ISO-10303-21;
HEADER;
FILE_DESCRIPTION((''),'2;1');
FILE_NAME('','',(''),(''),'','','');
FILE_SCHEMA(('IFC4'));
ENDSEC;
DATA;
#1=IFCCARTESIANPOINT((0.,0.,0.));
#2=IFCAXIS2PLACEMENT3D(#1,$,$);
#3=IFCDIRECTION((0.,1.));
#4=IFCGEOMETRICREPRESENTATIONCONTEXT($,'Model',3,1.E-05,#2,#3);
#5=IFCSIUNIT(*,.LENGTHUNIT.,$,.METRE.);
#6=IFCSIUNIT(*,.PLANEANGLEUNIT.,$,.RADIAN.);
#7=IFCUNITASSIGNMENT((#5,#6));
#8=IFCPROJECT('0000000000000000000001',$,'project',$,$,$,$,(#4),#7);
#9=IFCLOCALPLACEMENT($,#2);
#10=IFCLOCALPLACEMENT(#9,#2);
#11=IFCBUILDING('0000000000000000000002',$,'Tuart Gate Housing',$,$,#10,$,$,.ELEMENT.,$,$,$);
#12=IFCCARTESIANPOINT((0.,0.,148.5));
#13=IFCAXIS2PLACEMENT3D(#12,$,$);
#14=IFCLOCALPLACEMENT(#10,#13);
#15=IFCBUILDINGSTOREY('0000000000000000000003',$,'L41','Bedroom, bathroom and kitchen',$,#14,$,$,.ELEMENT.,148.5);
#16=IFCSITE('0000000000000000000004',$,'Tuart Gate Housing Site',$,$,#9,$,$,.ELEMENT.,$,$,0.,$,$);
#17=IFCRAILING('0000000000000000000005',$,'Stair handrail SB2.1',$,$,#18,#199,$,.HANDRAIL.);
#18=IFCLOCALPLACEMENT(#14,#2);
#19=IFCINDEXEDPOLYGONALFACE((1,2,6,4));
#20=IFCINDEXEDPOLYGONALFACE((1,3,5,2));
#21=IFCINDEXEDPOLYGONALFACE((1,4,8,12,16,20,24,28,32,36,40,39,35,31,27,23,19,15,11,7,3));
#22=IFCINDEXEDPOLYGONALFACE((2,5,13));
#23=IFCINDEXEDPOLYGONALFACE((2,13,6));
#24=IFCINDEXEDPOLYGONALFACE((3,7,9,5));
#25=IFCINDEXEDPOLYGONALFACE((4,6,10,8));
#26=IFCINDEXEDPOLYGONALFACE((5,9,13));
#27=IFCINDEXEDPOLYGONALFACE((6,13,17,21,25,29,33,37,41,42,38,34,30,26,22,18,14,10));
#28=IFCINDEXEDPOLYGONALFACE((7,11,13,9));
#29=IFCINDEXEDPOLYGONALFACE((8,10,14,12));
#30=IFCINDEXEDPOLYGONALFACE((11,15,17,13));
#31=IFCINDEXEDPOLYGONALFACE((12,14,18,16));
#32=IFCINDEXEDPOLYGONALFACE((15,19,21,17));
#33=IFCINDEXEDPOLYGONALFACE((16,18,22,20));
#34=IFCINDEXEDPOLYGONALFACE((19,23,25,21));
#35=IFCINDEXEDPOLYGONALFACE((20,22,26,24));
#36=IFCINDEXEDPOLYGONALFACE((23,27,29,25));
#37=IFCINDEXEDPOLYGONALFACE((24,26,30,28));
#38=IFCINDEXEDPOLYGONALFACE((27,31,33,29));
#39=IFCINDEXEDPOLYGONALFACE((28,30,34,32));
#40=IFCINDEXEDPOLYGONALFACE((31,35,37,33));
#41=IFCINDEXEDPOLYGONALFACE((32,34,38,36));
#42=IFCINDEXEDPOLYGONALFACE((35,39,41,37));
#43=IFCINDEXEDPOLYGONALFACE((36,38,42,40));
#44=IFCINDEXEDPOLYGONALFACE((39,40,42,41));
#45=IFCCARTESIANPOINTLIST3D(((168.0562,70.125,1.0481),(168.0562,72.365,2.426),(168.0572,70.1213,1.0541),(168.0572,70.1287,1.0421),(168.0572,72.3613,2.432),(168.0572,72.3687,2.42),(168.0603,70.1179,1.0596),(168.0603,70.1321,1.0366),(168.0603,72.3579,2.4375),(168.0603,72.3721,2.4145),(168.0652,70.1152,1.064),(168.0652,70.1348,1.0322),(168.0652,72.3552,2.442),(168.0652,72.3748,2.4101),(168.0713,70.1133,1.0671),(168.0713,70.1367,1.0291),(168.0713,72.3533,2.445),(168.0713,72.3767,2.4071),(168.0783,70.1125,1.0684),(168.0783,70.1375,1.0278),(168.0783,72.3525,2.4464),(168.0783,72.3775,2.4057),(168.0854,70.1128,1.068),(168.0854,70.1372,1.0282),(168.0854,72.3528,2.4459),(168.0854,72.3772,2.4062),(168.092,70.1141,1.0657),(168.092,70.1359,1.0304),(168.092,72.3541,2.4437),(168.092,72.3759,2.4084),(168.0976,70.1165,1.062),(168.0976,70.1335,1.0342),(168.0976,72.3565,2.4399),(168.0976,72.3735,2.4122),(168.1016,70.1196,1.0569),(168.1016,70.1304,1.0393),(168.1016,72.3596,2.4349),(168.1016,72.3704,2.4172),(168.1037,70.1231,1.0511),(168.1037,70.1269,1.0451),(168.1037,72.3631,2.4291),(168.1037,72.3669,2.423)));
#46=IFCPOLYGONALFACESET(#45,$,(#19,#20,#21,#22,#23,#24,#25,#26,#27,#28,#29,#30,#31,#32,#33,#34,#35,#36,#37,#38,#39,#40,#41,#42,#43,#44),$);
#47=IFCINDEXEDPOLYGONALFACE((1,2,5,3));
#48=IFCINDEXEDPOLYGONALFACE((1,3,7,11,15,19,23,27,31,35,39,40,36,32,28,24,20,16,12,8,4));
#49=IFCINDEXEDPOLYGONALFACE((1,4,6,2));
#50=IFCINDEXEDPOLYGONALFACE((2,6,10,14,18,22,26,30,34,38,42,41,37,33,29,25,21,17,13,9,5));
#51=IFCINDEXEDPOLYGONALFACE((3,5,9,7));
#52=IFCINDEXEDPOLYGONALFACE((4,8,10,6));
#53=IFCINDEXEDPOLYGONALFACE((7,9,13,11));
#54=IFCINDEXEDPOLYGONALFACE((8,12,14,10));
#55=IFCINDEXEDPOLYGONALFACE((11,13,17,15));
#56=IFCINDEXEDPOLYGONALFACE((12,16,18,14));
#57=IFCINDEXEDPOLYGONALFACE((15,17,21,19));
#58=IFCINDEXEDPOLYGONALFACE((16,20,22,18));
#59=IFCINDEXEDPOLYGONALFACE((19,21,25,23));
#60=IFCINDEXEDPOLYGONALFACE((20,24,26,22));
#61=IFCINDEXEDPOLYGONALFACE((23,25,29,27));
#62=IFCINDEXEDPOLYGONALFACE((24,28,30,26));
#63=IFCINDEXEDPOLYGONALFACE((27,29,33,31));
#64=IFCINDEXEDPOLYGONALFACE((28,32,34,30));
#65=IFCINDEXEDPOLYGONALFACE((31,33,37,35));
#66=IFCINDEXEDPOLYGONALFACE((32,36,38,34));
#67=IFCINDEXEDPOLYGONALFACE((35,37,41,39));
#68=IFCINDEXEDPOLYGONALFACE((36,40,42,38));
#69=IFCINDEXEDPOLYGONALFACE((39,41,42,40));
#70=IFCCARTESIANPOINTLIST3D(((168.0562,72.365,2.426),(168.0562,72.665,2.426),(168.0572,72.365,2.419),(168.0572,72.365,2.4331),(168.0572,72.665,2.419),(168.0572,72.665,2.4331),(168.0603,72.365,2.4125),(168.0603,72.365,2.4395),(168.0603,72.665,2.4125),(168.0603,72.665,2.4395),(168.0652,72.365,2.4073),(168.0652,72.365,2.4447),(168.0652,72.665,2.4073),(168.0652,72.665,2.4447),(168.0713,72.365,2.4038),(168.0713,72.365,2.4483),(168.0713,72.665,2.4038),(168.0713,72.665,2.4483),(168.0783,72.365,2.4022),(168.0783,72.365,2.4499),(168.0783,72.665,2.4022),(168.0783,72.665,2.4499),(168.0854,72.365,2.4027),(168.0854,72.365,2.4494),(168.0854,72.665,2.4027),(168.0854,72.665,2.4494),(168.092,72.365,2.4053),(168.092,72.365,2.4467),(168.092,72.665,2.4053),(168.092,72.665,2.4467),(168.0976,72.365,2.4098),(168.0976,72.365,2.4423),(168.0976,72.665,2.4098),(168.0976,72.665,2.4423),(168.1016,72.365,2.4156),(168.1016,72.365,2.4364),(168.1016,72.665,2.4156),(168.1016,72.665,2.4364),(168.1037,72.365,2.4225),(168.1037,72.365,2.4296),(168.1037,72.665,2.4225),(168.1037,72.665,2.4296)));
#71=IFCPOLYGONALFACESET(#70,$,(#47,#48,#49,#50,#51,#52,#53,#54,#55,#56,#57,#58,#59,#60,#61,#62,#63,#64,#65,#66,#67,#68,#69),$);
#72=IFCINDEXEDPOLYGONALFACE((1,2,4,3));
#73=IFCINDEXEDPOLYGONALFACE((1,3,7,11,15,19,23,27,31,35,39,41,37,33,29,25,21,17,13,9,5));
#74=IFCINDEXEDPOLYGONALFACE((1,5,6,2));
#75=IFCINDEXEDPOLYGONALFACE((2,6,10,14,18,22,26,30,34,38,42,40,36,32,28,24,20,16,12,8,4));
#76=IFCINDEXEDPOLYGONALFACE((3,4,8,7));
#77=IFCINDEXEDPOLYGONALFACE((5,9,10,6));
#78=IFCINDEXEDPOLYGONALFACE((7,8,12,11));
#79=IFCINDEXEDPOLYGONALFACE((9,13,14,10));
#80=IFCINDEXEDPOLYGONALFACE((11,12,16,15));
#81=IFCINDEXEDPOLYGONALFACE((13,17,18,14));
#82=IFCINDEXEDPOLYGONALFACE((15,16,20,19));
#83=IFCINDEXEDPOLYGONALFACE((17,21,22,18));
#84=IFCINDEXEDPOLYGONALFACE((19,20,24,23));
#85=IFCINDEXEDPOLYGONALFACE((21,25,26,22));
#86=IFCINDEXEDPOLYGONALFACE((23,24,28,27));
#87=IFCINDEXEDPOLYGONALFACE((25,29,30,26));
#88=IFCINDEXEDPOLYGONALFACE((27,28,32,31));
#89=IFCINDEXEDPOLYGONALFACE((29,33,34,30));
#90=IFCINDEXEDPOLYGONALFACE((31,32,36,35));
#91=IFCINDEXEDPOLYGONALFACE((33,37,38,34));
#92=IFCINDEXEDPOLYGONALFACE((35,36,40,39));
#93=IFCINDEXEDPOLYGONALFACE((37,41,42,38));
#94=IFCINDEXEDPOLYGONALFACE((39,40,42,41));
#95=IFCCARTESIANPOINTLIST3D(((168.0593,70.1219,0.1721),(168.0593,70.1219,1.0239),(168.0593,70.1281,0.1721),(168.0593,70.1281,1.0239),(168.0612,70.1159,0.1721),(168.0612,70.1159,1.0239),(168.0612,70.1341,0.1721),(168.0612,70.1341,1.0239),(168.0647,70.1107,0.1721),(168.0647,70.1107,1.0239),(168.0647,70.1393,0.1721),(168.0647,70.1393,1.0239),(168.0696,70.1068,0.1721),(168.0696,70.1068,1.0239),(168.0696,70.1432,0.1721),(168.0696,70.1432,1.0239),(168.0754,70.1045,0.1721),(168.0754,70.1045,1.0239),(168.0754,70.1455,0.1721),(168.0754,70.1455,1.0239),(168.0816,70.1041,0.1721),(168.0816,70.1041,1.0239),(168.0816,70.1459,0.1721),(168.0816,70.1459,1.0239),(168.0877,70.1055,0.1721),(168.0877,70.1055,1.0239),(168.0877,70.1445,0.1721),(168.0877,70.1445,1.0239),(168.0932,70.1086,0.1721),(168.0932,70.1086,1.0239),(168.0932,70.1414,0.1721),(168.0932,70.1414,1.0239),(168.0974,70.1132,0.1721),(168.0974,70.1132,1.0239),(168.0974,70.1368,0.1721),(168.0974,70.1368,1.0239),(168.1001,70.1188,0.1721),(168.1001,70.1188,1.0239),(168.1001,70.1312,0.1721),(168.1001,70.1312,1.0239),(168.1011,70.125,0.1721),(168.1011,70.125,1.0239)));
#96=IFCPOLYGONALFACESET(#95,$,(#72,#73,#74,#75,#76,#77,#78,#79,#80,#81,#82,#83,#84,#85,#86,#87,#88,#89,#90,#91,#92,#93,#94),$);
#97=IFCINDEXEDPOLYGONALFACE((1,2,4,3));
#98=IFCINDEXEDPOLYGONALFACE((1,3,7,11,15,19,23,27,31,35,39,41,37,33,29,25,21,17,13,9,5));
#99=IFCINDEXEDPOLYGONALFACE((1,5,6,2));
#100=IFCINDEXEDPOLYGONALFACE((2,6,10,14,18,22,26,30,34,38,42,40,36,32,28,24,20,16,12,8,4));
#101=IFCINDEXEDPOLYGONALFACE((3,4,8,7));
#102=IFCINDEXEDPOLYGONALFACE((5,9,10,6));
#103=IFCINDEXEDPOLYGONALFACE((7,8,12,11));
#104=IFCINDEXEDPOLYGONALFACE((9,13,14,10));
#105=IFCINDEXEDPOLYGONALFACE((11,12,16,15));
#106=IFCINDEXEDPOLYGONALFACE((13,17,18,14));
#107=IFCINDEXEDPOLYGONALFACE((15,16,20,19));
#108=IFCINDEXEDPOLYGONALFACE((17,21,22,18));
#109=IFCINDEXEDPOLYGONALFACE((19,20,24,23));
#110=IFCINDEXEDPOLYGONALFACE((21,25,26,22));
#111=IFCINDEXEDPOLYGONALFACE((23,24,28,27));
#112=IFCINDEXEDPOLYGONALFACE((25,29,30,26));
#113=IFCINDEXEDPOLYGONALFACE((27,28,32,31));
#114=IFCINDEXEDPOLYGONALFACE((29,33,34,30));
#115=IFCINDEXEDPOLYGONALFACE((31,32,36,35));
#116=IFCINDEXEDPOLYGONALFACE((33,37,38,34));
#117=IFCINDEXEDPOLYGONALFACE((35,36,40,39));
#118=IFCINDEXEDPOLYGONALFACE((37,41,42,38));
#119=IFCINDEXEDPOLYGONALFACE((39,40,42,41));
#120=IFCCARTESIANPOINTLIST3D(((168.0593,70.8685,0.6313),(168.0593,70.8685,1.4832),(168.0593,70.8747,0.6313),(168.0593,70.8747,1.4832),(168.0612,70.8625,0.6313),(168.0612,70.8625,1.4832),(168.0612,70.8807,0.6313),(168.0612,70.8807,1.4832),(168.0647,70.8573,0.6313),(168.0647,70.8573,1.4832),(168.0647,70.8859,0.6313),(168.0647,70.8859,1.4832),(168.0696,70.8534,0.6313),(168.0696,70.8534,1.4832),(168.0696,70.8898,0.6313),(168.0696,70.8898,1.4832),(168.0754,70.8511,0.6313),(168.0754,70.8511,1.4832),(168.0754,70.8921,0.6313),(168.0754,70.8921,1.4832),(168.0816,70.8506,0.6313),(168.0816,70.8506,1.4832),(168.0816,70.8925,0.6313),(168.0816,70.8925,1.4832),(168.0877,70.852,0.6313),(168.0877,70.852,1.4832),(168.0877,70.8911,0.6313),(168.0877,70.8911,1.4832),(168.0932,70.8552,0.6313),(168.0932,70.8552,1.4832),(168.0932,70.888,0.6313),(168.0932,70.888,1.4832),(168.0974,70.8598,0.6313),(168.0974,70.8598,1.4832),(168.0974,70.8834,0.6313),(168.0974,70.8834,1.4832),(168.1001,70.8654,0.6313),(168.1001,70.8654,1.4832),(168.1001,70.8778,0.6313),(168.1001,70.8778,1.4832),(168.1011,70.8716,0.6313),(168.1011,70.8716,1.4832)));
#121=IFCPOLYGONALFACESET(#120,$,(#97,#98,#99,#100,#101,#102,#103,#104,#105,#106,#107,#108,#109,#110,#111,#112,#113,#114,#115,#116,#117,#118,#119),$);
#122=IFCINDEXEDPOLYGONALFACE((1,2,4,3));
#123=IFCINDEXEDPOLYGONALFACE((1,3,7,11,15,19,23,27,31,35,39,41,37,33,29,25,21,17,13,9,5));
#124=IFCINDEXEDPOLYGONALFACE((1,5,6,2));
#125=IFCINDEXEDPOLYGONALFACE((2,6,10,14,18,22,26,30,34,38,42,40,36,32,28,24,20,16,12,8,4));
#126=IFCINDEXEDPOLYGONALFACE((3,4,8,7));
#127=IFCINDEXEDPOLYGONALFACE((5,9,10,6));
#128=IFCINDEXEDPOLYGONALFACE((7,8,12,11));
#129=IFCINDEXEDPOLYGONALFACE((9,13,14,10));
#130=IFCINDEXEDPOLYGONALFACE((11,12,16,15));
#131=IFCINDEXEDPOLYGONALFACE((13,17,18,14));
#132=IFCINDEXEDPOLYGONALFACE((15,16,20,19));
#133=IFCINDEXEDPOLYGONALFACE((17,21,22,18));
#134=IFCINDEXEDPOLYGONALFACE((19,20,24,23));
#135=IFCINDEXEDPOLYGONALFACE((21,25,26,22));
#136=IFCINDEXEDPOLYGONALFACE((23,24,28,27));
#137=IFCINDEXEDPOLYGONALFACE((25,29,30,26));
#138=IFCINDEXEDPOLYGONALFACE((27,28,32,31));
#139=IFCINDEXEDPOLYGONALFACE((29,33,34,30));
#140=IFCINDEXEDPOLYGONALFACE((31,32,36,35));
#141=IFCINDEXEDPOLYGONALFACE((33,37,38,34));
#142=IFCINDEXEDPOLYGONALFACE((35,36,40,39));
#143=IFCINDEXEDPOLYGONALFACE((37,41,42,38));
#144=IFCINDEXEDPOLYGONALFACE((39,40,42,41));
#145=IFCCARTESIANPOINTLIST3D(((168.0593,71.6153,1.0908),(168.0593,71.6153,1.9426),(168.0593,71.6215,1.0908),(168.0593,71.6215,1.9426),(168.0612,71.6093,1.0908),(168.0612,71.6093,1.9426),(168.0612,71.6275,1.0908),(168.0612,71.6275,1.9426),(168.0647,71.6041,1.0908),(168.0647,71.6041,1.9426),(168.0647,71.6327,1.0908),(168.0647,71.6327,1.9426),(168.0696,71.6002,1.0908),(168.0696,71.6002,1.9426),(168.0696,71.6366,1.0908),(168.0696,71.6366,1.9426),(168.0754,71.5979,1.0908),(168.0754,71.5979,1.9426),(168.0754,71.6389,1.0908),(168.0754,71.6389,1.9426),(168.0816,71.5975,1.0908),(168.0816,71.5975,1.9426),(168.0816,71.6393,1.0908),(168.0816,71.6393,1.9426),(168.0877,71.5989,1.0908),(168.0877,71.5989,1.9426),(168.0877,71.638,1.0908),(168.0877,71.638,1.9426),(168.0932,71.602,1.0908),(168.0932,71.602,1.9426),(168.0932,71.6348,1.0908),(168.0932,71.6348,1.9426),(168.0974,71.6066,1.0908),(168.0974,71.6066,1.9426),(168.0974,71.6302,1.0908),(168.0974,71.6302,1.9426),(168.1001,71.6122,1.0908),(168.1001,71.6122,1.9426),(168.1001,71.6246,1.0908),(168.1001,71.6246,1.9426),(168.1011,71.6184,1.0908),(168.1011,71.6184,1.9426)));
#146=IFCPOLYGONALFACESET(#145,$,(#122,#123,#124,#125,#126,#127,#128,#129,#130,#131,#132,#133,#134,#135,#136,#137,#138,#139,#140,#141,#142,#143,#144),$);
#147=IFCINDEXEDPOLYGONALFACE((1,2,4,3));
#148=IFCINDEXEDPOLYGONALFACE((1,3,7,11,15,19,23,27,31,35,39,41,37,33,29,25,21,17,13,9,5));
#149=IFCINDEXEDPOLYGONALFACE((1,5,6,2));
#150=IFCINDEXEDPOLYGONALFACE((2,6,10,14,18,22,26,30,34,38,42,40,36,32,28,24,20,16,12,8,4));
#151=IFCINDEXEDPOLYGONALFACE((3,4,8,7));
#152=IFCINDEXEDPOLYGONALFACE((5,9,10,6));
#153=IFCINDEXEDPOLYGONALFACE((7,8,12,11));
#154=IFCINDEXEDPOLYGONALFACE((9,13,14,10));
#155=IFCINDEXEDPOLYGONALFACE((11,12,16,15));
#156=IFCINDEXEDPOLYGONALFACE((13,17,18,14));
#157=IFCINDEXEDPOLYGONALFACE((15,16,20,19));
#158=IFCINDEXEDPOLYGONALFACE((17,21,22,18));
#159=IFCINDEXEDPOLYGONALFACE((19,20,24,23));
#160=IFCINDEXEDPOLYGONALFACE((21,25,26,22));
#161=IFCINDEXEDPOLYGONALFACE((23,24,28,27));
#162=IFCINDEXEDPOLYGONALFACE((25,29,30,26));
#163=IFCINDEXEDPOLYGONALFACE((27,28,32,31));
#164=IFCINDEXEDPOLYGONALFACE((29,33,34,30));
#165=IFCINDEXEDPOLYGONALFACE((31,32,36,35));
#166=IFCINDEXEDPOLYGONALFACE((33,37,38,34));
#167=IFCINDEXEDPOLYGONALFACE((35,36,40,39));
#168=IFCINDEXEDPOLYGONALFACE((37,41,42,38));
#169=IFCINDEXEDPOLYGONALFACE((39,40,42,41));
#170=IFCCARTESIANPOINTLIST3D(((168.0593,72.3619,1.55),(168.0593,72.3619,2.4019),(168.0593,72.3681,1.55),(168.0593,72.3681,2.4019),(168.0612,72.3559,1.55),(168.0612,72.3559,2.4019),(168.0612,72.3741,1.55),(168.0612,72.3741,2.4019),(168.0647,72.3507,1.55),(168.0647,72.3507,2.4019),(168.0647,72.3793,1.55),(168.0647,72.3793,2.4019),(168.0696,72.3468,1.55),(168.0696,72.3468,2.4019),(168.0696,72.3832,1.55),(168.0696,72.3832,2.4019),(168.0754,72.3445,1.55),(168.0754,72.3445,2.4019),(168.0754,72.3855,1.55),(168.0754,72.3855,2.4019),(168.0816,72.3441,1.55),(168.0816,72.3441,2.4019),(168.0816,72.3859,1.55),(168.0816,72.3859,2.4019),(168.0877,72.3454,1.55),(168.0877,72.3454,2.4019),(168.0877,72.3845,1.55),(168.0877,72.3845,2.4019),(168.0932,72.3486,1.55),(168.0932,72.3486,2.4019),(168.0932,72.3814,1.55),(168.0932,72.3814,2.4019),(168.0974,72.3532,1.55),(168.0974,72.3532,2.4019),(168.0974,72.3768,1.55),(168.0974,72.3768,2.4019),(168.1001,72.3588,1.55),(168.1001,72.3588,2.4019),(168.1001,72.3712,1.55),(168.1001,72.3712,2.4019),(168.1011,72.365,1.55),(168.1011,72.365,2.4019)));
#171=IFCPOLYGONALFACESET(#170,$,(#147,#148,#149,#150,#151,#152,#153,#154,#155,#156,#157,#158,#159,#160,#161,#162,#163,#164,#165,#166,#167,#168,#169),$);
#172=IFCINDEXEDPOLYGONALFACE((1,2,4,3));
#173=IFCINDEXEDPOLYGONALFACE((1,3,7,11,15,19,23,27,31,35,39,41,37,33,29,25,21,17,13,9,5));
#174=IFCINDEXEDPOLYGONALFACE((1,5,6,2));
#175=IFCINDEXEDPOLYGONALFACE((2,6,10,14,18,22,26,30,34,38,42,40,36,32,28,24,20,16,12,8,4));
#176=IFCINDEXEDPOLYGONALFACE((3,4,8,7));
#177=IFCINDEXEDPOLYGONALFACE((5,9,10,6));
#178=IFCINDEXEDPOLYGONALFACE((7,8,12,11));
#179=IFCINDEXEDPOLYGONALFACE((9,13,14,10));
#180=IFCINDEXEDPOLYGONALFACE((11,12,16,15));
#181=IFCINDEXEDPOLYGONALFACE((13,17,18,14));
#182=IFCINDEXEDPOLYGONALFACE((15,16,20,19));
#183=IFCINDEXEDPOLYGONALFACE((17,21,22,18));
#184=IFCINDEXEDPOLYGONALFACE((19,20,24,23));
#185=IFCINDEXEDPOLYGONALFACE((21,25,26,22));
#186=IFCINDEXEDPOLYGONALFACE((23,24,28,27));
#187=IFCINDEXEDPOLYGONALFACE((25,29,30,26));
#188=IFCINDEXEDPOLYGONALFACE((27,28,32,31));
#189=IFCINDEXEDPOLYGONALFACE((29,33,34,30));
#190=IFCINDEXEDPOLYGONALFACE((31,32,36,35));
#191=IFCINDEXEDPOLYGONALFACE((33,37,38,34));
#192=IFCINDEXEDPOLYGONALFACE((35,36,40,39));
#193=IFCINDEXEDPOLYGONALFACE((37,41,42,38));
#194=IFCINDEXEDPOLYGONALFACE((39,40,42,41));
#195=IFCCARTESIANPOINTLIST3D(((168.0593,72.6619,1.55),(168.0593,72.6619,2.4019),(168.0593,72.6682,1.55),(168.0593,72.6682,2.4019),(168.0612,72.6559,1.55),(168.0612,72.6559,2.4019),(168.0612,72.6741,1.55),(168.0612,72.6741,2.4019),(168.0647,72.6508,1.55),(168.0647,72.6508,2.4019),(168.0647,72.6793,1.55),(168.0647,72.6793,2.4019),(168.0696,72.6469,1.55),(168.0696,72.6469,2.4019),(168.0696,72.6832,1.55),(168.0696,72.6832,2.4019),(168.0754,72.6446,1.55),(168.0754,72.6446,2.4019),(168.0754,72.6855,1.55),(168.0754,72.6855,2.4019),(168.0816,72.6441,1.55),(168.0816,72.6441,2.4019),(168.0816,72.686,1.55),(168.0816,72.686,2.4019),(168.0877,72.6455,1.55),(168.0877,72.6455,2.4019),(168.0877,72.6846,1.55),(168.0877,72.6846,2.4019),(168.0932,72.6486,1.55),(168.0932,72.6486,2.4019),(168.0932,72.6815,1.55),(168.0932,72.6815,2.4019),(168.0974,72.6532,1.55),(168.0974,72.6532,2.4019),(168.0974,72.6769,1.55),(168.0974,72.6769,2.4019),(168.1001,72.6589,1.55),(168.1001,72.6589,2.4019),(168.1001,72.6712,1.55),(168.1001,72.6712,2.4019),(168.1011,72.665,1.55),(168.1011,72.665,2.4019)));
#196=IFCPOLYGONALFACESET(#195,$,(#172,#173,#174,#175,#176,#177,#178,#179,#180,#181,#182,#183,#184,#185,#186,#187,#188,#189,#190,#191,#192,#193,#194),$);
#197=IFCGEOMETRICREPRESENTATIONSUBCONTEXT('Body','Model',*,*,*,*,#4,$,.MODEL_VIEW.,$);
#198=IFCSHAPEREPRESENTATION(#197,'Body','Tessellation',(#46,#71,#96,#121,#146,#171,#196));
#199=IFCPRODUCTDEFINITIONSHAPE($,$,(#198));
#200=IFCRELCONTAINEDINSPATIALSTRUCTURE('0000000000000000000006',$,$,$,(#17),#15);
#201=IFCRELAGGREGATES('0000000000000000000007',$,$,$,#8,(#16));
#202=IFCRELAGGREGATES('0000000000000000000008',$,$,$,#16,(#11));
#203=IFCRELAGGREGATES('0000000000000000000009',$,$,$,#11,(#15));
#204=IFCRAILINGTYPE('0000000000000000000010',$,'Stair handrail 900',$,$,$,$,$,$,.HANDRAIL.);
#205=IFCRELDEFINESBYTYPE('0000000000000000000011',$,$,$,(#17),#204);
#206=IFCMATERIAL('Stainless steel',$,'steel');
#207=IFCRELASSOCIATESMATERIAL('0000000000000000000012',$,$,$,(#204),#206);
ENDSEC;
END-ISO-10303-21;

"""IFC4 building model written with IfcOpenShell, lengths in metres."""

from ifc_helpers import new_model, si_unit, direction, frame, origin, origin_2d, place, context, subcontext, project, spatial, circle, extrude, material, type_object, element, save


model = new_model("IFC4")

# Units and contexts
model_context = context("Model", 3, precision=1e-05, world=origin(), true_north=direction((0.0, 1.0)))
body_context = subcontext(model_context, "Body", "Model", "MODEL_VIEW")
ifc_project = project(units=[si_unit("LENGTHUNIT", "METRE"), si_unit("PLANEANGLEUNIT", "RADIAN")], contexts=[model_context])

# Site, building, storey
site_placement = place(None, origin())
site = spatial("IfcSite", under=ifc_project, at=site_placement, Name="Tuart Gate Housing Site", CompositionType="ELEMENT", RefElevation=0.0)
building_placement = place(site_placement, origin())
building = spatial("IfcBuilding", under=site, at=building_placement, Name="Tuart Gate Housing", CompositionType="ELEMENT")
storey_placement = place(building_placement, frame((0.0, 0.0, 148.5)))
storey = spatial("IfcBuildingStorey", under=building, at=storey_placement, Name="L41", Description="Bedroom, bathroom and kitchen", CompositionType="ELEMENT", Elevation=148.5)

# Railing
ifc_material_1 = material(Name="Stainless steel", Category="steel")
railing_type = type_object("IfcRailingType", Name="Stair handrail 900", PredefinedType="HANDRAIL", material=ifc_material_1)
railing_placement = place(storey_placement, frame((168.0801, 70.125, 0.1721)))
element("IfcRailing", 1, at=railing_placement, inside=storey, type_object=railing_type, Name="Stair handrail SB2.1", PredefinedType="HANDRAIL", context=body_context, shape_type="SweptSolid", body=[
    extrude(circle(Radius=0.0239, at=origin_2d()), frame((0.0, 0.0, 0.876), z_axis=(0.0, 0.851748, 0.523952), x_axis=(-1.0, 0.0, 0.0)), (0.0, 0.0, 1.0), 2.6299),
    extrude(circle(Radius=0.0239, at=origin_2d()), frame((0.0, 2.24, 2.2539), z_axis=(0.0, 1.0, 0.0), x_axis=(-1.0, 0.0, 0.0)), (0.0, 0.0, 1.0), 0.3),
    extrude(circle(Radius=0.021, at=origin_2d()), origin(), (0.0, 0.0, 1.0), 0.8518),
    extrude(circle(Radius=0.021, at=origin_2d()), frame((0.0, 0.7466, 0.4592)), (0.0, 0.0, 1.0), 0.8518),
    extrude(circle(Radius=0.021, at=origin_2d()), frame((0.0, 1.4934, 0.9187)), (0.0, 0.0, 1.0), 0.8518),
    extrude(circle(Radius=0.021, at=origin_2d()), frame((0.0, 2.24, 1.3779)), (0.0, 0.0, 1.0), 0.8518),
    extrude(circle(Radius=0.021, at=origin_2d()), frame((0.0, 2.54, 1.3779)), (0.0, 0.0, 1.0), 0.8518),
])

save(model, "model.ifc")
